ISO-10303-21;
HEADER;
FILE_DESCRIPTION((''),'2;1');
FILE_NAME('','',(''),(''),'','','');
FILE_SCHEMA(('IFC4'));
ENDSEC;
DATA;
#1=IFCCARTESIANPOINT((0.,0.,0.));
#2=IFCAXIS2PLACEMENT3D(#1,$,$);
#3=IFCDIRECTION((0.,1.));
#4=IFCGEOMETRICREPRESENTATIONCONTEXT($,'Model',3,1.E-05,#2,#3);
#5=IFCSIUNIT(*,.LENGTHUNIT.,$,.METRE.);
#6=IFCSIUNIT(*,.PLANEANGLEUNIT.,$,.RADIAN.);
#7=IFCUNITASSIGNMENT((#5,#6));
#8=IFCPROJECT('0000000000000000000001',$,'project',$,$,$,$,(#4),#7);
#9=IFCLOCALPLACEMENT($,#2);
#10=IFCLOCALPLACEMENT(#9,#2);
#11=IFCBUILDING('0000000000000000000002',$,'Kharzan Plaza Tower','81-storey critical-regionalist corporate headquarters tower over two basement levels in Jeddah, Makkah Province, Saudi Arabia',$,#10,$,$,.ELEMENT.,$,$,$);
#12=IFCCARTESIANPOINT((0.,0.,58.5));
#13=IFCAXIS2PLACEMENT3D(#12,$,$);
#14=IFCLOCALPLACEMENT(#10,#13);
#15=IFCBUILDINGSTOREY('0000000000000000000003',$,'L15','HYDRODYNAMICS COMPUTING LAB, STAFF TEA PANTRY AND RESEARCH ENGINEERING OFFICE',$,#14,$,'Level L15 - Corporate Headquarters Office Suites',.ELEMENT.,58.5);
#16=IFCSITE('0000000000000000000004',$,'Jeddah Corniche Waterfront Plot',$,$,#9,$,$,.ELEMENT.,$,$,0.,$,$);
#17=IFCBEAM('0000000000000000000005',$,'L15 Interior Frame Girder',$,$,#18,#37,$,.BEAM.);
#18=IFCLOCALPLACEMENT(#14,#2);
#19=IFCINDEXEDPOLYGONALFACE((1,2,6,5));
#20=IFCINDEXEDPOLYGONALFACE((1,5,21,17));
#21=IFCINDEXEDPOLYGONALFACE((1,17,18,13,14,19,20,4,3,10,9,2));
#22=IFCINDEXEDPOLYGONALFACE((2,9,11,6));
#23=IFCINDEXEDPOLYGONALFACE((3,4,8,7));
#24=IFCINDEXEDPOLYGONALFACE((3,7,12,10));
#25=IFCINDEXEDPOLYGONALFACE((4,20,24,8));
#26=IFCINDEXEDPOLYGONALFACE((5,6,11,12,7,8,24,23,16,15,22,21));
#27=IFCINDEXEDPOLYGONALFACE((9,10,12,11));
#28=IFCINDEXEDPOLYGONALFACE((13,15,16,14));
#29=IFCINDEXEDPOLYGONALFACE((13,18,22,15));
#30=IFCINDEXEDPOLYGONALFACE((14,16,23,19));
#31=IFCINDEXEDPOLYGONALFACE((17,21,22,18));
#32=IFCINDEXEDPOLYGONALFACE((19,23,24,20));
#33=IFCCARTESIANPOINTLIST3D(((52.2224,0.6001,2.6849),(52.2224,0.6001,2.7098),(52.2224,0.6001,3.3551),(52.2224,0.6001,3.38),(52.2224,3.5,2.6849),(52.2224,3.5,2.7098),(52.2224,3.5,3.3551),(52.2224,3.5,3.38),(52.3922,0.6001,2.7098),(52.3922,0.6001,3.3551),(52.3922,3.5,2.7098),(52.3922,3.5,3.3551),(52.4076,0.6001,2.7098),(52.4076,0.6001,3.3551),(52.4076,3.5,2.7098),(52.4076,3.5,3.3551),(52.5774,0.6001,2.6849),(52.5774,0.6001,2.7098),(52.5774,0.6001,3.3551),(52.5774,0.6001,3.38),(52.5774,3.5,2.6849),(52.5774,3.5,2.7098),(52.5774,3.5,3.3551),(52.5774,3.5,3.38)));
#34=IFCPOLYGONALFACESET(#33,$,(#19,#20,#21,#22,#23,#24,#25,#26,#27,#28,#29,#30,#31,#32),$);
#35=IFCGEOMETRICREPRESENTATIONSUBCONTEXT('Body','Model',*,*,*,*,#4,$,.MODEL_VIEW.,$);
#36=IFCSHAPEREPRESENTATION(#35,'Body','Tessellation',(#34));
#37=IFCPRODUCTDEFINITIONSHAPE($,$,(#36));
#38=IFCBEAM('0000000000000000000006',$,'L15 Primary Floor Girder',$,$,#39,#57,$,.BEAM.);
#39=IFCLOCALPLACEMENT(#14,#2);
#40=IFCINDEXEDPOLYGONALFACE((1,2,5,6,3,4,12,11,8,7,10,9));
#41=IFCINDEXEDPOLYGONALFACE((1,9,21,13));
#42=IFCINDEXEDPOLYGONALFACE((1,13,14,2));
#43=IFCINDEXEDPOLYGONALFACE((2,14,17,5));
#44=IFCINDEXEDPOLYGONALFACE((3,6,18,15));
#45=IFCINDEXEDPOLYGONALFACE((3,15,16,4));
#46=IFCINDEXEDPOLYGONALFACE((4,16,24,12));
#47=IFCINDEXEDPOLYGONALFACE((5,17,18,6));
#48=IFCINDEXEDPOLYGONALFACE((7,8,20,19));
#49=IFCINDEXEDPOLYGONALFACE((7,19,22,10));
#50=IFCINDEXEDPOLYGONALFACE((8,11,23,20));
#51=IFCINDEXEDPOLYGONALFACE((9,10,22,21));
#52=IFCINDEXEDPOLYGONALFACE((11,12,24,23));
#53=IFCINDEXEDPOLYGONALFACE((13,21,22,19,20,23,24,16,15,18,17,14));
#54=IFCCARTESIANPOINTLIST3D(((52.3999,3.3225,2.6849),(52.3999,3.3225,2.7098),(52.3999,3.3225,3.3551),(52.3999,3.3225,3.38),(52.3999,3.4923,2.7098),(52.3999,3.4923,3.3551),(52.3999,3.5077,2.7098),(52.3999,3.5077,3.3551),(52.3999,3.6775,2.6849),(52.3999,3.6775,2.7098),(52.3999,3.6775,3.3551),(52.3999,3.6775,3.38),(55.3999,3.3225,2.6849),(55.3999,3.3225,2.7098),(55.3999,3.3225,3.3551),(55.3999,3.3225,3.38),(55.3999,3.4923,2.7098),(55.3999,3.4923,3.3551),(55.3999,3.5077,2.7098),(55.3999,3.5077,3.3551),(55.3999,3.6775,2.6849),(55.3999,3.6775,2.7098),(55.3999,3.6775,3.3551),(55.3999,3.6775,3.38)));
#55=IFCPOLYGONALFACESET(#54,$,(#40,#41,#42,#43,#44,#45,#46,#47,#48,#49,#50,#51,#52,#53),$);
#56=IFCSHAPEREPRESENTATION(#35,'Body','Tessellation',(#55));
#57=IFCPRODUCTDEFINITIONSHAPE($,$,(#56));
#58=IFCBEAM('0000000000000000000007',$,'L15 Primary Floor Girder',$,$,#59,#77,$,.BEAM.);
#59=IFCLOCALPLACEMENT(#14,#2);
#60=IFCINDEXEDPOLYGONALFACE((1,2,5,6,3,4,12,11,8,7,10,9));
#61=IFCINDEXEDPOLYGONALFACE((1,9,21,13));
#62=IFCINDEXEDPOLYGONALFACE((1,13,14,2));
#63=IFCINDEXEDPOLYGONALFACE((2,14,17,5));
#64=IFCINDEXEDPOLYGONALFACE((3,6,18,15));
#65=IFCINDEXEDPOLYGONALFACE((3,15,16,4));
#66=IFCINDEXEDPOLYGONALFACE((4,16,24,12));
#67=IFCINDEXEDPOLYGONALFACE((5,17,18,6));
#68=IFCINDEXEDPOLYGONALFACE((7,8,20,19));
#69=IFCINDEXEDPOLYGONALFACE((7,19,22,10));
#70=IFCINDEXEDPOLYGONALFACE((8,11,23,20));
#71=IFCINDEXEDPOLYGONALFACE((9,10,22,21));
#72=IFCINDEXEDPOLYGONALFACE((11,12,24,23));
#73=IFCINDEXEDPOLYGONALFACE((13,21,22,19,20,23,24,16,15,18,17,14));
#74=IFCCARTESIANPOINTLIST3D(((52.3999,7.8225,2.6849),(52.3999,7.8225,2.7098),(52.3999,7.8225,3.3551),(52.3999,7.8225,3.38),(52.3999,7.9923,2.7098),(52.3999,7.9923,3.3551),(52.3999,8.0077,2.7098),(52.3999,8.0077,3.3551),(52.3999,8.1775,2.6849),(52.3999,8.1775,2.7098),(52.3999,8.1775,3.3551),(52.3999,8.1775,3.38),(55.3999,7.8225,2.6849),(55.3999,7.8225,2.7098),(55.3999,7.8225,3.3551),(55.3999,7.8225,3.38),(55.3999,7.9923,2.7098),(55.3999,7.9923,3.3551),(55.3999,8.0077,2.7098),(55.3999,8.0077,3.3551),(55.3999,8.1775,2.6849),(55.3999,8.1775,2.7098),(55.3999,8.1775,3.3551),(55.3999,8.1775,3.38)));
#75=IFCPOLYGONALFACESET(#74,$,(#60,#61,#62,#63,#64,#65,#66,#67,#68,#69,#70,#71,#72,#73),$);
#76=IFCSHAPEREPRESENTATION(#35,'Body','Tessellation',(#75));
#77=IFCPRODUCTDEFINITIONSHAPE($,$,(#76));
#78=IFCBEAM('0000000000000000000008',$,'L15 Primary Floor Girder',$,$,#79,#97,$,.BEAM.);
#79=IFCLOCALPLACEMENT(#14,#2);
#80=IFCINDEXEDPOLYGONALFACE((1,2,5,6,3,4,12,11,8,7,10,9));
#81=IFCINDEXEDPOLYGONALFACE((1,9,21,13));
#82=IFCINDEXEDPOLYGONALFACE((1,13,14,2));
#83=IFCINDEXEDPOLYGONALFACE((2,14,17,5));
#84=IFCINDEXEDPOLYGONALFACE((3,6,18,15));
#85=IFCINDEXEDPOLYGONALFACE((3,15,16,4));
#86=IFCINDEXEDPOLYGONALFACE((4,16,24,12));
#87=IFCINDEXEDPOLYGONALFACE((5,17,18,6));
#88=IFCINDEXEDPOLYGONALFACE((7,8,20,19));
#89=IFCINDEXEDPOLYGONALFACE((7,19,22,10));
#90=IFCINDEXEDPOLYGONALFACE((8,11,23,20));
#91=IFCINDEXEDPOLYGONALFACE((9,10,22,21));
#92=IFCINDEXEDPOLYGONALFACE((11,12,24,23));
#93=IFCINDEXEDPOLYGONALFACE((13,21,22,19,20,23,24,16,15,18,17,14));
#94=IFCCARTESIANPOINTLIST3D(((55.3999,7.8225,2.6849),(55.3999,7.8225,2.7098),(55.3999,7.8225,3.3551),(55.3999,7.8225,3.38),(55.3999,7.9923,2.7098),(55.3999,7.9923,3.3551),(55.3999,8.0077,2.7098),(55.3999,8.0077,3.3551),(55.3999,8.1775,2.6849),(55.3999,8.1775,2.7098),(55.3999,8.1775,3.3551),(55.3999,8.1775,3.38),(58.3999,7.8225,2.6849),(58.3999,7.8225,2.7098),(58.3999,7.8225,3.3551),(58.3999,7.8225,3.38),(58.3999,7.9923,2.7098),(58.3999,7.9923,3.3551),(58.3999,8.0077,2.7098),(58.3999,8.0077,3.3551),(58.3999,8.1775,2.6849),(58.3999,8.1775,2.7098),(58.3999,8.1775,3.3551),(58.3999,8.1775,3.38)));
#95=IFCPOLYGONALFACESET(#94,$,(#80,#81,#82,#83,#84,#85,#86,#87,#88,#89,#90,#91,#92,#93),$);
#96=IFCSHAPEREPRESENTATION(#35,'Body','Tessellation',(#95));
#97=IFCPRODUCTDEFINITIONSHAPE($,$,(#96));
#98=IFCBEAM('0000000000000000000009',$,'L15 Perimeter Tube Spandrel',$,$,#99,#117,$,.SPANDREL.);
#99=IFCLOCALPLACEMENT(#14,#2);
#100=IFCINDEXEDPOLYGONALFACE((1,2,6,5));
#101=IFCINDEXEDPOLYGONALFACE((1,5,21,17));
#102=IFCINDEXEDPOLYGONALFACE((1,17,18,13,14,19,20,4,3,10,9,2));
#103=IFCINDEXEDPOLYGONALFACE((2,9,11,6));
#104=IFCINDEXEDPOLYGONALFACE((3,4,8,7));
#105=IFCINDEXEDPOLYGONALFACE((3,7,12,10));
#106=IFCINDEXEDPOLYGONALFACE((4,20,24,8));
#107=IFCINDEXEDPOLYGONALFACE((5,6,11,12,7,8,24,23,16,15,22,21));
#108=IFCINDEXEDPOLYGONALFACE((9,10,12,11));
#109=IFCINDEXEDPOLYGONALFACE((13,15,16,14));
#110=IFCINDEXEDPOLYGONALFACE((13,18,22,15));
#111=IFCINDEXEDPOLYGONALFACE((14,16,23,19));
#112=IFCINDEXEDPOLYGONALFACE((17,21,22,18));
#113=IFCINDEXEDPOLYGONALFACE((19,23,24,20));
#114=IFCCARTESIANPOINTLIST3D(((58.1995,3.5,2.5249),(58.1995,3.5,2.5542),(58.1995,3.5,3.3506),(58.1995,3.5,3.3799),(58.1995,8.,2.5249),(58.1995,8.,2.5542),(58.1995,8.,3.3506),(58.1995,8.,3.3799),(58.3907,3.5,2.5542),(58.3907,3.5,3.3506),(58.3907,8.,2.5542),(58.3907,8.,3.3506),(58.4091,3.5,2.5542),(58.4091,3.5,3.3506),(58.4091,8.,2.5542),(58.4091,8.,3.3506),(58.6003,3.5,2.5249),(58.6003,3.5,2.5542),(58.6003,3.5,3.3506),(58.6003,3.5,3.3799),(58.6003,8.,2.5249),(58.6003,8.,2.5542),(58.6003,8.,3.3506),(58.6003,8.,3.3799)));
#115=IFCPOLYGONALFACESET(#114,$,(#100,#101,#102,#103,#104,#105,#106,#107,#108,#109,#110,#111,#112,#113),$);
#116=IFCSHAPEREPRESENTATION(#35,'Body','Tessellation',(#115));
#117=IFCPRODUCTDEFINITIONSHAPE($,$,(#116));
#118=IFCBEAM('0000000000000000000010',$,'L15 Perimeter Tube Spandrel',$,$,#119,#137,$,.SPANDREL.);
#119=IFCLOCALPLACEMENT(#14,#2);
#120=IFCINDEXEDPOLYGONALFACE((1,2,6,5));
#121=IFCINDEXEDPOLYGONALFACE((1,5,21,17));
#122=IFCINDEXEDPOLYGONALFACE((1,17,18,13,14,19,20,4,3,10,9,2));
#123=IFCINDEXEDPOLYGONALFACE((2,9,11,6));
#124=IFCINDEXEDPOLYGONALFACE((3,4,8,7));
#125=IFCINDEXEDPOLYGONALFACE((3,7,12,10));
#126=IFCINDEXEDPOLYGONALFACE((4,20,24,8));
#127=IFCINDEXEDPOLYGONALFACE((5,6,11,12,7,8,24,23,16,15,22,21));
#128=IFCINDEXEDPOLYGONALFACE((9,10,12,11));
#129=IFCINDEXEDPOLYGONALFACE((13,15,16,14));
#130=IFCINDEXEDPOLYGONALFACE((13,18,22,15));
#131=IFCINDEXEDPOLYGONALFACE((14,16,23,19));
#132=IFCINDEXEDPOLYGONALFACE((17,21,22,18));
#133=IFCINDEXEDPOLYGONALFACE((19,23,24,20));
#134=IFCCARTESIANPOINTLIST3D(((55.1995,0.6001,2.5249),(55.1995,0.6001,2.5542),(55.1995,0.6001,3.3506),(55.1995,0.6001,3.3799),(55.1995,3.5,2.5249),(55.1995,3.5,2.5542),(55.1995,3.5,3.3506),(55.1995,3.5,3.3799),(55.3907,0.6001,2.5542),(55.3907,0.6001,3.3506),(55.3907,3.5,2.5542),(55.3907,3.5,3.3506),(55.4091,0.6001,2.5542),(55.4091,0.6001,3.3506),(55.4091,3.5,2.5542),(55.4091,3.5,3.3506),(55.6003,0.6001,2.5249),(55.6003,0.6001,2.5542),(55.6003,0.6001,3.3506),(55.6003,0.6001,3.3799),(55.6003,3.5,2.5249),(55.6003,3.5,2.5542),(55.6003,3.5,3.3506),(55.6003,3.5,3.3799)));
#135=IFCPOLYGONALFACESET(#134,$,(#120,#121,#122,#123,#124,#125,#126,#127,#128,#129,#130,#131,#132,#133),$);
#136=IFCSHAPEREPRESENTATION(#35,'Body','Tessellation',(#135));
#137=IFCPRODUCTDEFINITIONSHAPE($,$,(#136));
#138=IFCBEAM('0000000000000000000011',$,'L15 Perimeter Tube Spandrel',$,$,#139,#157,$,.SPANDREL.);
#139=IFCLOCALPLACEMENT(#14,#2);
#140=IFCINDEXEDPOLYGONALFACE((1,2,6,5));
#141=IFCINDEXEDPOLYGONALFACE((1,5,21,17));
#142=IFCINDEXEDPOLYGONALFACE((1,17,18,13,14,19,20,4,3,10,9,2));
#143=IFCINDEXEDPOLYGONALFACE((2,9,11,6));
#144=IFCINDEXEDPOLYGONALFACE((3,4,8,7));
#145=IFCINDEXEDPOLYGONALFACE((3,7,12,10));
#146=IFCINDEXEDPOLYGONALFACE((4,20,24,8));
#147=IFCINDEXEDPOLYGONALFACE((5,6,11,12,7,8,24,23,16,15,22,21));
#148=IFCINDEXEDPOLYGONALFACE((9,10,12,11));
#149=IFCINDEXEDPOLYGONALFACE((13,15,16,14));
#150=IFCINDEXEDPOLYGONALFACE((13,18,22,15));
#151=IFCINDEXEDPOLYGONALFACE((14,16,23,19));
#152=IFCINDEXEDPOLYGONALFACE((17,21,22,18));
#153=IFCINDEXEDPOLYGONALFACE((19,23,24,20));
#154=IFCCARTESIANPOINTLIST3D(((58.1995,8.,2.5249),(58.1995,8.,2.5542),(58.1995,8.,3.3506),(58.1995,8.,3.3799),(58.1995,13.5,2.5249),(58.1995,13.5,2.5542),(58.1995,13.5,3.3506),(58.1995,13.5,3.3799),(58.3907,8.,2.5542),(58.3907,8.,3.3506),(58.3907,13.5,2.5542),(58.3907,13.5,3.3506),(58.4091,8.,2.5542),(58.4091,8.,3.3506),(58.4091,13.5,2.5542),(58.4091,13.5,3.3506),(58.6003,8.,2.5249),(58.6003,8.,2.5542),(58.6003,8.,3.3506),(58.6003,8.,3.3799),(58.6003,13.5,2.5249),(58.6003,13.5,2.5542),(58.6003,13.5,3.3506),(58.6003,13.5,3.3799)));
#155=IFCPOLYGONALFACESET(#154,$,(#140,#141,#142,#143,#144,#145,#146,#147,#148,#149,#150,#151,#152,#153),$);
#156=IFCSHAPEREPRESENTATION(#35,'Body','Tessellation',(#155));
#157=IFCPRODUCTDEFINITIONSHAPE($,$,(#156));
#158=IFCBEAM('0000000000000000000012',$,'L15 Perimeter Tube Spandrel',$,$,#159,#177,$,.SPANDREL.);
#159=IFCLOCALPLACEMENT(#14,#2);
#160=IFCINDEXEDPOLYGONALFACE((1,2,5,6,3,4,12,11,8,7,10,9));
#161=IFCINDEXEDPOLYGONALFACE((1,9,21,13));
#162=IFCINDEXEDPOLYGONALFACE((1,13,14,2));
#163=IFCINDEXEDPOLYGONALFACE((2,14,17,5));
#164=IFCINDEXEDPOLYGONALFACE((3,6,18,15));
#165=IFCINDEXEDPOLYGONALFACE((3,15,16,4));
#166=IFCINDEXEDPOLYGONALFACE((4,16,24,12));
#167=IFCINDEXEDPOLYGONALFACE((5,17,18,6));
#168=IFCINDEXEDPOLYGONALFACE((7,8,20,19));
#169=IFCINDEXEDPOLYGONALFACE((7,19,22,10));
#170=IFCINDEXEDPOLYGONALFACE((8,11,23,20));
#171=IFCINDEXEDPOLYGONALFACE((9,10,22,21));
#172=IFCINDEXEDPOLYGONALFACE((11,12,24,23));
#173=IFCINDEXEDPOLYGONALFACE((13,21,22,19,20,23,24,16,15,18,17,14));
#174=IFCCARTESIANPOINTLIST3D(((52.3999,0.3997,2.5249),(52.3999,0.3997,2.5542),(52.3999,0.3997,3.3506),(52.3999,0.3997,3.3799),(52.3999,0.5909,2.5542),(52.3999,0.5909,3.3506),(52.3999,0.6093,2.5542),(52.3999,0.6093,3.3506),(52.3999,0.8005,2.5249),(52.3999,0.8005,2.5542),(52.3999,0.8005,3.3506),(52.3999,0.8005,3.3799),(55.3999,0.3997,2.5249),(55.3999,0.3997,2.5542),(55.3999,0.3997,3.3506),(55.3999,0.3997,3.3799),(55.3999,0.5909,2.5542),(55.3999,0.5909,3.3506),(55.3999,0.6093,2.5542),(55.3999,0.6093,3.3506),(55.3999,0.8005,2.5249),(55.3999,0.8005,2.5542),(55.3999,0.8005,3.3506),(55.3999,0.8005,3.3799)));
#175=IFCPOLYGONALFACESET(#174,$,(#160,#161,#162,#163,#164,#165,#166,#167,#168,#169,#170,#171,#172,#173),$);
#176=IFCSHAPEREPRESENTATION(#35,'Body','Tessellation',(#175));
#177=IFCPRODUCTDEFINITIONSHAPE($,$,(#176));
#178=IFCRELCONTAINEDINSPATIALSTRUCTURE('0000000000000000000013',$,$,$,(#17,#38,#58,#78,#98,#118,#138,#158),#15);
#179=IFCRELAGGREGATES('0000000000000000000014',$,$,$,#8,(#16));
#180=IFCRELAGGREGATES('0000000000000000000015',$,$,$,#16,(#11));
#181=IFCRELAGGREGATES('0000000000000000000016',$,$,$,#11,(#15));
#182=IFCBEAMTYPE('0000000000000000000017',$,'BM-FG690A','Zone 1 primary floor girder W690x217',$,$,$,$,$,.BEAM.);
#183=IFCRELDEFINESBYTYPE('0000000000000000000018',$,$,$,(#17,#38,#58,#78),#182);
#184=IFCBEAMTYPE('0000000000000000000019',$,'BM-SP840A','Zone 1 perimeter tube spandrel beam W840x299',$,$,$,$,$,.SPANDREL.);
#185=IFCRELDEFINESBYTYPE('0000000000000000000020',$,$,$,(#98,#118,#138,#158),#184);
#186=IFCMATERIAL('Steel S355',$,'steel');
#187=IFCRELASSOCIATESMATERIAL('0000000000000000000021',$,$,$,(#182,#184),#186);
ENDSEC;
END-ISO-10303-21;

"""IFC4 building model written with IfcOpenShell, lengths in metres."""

from ifc_helpers import new_model, si_unit, direction, frame, origin, origin_2d, place, context, subcontext, project, spatial, i_section, extrude, source, transform, mapped, material, material_profile, profile_set, type_object, element, save


model = new_model("IFC4")

# Units and contexts
model_context = context("Model", 3, precision=1e-05, world=origin(), true_north=direction((0.0, 1.0)))
body_context = subcontext(model_context, "Body", "Model", "MODEL_VIEW")
ifc_project = project(units=[si_unit("LENGTHUNIT", "METRE"), si_unit("PLANEANGLEUNIT", "RADIAN")], contexts=[model_context])

# Site, building, storey
site_placement = place(None, origin())
site = spatial("IfcSite", under=ifc_project, at=site_placement, Name="Jeddah Corniche Waterfront Plot", CompositionType="ELEMENT", RefElevation=0.0)
building_placement = place(site_placement, origin())
building = spatial("IfcBuilding", under=site, at=building_placement, Name="Kharzan Plaza Tower", Description="81-storey critical-regionalist corporate headquarters tower over two basement levels in Jeddah, Makkah Province, Saudi Arabia", CompositionType="ELEMENT")
storey_placement = place(building_placement, frame((0.0, 0.0, 58.5)))
storey = spatial("IfcBuildingStorey", under=building, at=storey_placement, Name="L15", Description="HYDRODYNAMICS COMPUTING LAB, STAFF TEA PANTRY AND RESEARCH ENGINEERING OFFICE", LongName="Level L15 - Corporate Headquarters Office Suites", CompositionType="ELEMENT", Elevation=58.5)

# Beams
ifc_material_1 = material(Name="Steel S355", Category="steel")
ifc_material_profile_1 = material_profile(ifc_material_1, i_section(OverallWidth=0.355, OverallDepth=0.6951, WebThickness=0.0154, FlangeThickness=0.0249, at=origin_2d()), Name="W690x217")
ifc_profile_set_1 = profile_set([ifc_material_profile_1], Name="Steel S355")
beam_type_1 = type_object("IfcBeamType", Name="BM-FG690A", Description="Zone 1 primary floor girder W690x217", PredefinedType="BEAM", material=ifc_profile_set_1)
shared_shape_1 = source(origin(), body_context, "Body", "SweptSolid", [
    extrude(i_section(OverallWidth=0.355, OverallDepth=0.6951, WebThickness=0.0154, FlangeThickness=0.0249, at=origin_2d()), origin(), (0.0, 0.0, 1.0), 2.8999),
])
beam_1_placement = place(storey_placement, frame((52.3999, 0.6001, 3.0325), z_axis=(0.0, 1.0, 0.0), x_axis=(-1.0, 0.0, 0.0)))
element("IfcBeam", 1, at=beam_1_placement, inside=storey, type_object=beam_type_1, Name="L15 Interior Frame Girder", PredefinedType="BEAM", context=body_context, shape_type="MappedRepresentation", body=[
    mapped(shared_shape_1, transform((0.0, 0.0, 0.0), x_axis=(1.0, 0.0, 0.0), y_axis=(0.0, 1.0, 0.0), z_axis=(0.0, 0.0, 1.0))),
])
shared_shape_2 = source(origin(), body_context, "Body", "SweptSolid", [
    extrude(i_section(OverallWidth=0.355, OverallDepth=0.6951, WebThickness=0.0154, FlangeThickness=0.0249, at=origin_2d()), origin(), (0.0, 0.0, 1.0), 3.0),
])
for number, where, z_axis, x_axis, name in (
    (2, (52.3999, 3.5, 3.0325), (1.0, 0.0, 0.0), (0.0, 1.0, 0.0), "L15 Primary Floor Girder"),
    (3, (52.3999, 8.0, 3.0325), (1.0, 0.0, 0.0), (0.0, 1.0, 0.0), "L15 Primary Floor Girder"),
    (4, (55.3999, 8.0, 3.0325), (1.0, 0.0, 0.0), (0.0, 1.0, 0.0), "L15 Primary Floor Girder"),
):
    element("IfcBeam", number, at=place(storey_placement, frame(where, z_axis=z_axis, x_axis=x_axis)), inside=storey, type_object=beam_type_1, Name=name, PredefinedType="BEAM", context=body_context, shape_type="MappedRepresentation", body=[
        mapped(shared_shape_2, transform((0.0, 0.0, 0.0), x_axis=(1.0, 0.0, 0.0), y_axis=(0.0, 1.0, 0.0), z_axis=(0.0, 0.0, 1.0))),
    ])
ifc_material_profile_2 = material_profile(ifc_material_1, i_section(OverallWidth=0.4009, OverallDepth=0.855, WebThickness=0.0183, FlangeThickness=0.0293, at=origin_2d()), Name="W840x299")
ifc_profile_set_2 = profile_set([ifc_material_profile_2], Name="Steel S355")
beam_type_2 = type_object("IfcBeamType", Name="BM-SP840A", Description="Zone 1 perimeter tube spandrel beam W840x299", PredefinedType="SPANDREL", material=ifc_profile_set_2)
shared_shape_3 = source(origin(), body_context, "Body", "SweptSolid", [
    extrude(i_section(OverallWidth=0.4009, OverallDepth=0.855, WebThickness=0.0183, FlangeThickness=0.0293, at=origin_2d()), origin(), (0.0, 0.0, 1.0), 4.5),
])
beam_2_placement = place(storey_placement, frame((58.3999, 3.5, 2.9524), z_axis=(0.0, 1.0, 0.0), x_axis=(-1.0, 0.0, 0.0)))
element("IfcBeam", 5, at=beam_2_placement, inside=storey, type_object=beam_type_2, Name="L15 Perimeter Tube Spandrel", PredefinedType="SPANDREL", context=body_context, shape_type="MappedRepresentation", body=[
    mapped(shared_shape_3, transform((0.0, 0.0, 0.0), x_axis=(1.0, 0.0, 0.0), y_axis=(0.0, 1.0, 0.0), z_axis=(0.0, 0.0, 1.0))),
])
shared_shape_4 = source(origin(), body_context, "Body", "SweptSolid", [
    extrude(i_section(OverallWidth=0.4009, OverallDepth=0.855, WebThickness=0.0183, FlangeThickness=0.0293, at=origin_2d()), origin(), (0.0, 0.0, 1.0), 2.8999),
])
beam_3_placement = place(storey_placement, frame((55.3999, 0.6001, 2.9524), z_axis=(0.0, 1.0, 0.0), x_axis=(-1.0, 0.0, 0.0)))
element("IfcBeam", 6, at=beam_3_placement, inside=storey, type_object=beam_type_2, Name="L15 Perimeter Tube Spandrel", PredefinedType="SPANDREL", context=body_context, shape_type="MappedRepresentation", body=[
    mapped(shared_shape_4, transform((0.0, 0.0, 0.0), x_axis=(1.0, 0.0, 0.0), y_axis=(0.0, 1.0, 0.0), z_axis=(0.0, 0.0, 1.0))),
])
shared_shape_5 = source(origin(), body_context, "Body", "SweptSolid", [
    extrude(i_section(OverallWidth=0.4009, OverallDepth=0.855, WebThickness=0.0183, FlangeThickness=0.0293, at=origin_2d()), origin(), (0.0, 0.0, 1.0), 5.5),
])
beam_4_placement = place(storey_placement, frame((58.3999, 8.0, 2.9524), z_axis=(0.0, 1.0, 0.0), x_axis=(-1.0, 0.0, 0.0)))
element("IfcBeam", 7, at=beam_4_placement, inside=storey, type_object=beam_type_2, Name="L15 Perimeter Tube Spandrel", PredefinedType="SPANDREL", context=body_context, shape_type="MappedRepresentation", body=[
    mapped(shared_shape_5, transform((0.0, 0.0, 0.0), x_axis=(1.0, 0.0, 0.0), y_axis=(0.0, 1.0, 0.0), z_axis=(0.0, 0.0, 1.0))),
])
shared_shape_6 = source(origin(), body_context, "Body", "SweptSolid", [
    extrude(i_section(OverallWidth=0.4009, OverallDepth=0.855, WebThickness=0.0183, FlangeThickness=0.0293, at=origin_2d()), origin(), (0.0, 0.0, 1.0), 3.0),
])
for number, where, z_axis, x_axis, name in (
    (8, (52.3999, 0.6001, 2.9524), (1.0, 0.0, 0.0), (0.0, 1.0, 0.0), "L15 Perimeter Tube Spandrel"),
):
    element("IfcBeam", number, at=place(storey_placement, frame(where, z_axis=z_axis, x_axis=x_axis)), inside=storey, type_object=beam_type_2, Name=name, PredefinedType="SPANDREL", context=body_context, shape_type="MappedRepresentation", body=[
        mapped(shared_shape_6, transform((0.0, 0.0, 0.0), x_axis=(1.0, 0.0, 0.0), y_axis=(0.0, 1.0, 0.0), z_axis=(0.0, 0.0, 1.0))),
    ])

save(model, "model.ifc")
